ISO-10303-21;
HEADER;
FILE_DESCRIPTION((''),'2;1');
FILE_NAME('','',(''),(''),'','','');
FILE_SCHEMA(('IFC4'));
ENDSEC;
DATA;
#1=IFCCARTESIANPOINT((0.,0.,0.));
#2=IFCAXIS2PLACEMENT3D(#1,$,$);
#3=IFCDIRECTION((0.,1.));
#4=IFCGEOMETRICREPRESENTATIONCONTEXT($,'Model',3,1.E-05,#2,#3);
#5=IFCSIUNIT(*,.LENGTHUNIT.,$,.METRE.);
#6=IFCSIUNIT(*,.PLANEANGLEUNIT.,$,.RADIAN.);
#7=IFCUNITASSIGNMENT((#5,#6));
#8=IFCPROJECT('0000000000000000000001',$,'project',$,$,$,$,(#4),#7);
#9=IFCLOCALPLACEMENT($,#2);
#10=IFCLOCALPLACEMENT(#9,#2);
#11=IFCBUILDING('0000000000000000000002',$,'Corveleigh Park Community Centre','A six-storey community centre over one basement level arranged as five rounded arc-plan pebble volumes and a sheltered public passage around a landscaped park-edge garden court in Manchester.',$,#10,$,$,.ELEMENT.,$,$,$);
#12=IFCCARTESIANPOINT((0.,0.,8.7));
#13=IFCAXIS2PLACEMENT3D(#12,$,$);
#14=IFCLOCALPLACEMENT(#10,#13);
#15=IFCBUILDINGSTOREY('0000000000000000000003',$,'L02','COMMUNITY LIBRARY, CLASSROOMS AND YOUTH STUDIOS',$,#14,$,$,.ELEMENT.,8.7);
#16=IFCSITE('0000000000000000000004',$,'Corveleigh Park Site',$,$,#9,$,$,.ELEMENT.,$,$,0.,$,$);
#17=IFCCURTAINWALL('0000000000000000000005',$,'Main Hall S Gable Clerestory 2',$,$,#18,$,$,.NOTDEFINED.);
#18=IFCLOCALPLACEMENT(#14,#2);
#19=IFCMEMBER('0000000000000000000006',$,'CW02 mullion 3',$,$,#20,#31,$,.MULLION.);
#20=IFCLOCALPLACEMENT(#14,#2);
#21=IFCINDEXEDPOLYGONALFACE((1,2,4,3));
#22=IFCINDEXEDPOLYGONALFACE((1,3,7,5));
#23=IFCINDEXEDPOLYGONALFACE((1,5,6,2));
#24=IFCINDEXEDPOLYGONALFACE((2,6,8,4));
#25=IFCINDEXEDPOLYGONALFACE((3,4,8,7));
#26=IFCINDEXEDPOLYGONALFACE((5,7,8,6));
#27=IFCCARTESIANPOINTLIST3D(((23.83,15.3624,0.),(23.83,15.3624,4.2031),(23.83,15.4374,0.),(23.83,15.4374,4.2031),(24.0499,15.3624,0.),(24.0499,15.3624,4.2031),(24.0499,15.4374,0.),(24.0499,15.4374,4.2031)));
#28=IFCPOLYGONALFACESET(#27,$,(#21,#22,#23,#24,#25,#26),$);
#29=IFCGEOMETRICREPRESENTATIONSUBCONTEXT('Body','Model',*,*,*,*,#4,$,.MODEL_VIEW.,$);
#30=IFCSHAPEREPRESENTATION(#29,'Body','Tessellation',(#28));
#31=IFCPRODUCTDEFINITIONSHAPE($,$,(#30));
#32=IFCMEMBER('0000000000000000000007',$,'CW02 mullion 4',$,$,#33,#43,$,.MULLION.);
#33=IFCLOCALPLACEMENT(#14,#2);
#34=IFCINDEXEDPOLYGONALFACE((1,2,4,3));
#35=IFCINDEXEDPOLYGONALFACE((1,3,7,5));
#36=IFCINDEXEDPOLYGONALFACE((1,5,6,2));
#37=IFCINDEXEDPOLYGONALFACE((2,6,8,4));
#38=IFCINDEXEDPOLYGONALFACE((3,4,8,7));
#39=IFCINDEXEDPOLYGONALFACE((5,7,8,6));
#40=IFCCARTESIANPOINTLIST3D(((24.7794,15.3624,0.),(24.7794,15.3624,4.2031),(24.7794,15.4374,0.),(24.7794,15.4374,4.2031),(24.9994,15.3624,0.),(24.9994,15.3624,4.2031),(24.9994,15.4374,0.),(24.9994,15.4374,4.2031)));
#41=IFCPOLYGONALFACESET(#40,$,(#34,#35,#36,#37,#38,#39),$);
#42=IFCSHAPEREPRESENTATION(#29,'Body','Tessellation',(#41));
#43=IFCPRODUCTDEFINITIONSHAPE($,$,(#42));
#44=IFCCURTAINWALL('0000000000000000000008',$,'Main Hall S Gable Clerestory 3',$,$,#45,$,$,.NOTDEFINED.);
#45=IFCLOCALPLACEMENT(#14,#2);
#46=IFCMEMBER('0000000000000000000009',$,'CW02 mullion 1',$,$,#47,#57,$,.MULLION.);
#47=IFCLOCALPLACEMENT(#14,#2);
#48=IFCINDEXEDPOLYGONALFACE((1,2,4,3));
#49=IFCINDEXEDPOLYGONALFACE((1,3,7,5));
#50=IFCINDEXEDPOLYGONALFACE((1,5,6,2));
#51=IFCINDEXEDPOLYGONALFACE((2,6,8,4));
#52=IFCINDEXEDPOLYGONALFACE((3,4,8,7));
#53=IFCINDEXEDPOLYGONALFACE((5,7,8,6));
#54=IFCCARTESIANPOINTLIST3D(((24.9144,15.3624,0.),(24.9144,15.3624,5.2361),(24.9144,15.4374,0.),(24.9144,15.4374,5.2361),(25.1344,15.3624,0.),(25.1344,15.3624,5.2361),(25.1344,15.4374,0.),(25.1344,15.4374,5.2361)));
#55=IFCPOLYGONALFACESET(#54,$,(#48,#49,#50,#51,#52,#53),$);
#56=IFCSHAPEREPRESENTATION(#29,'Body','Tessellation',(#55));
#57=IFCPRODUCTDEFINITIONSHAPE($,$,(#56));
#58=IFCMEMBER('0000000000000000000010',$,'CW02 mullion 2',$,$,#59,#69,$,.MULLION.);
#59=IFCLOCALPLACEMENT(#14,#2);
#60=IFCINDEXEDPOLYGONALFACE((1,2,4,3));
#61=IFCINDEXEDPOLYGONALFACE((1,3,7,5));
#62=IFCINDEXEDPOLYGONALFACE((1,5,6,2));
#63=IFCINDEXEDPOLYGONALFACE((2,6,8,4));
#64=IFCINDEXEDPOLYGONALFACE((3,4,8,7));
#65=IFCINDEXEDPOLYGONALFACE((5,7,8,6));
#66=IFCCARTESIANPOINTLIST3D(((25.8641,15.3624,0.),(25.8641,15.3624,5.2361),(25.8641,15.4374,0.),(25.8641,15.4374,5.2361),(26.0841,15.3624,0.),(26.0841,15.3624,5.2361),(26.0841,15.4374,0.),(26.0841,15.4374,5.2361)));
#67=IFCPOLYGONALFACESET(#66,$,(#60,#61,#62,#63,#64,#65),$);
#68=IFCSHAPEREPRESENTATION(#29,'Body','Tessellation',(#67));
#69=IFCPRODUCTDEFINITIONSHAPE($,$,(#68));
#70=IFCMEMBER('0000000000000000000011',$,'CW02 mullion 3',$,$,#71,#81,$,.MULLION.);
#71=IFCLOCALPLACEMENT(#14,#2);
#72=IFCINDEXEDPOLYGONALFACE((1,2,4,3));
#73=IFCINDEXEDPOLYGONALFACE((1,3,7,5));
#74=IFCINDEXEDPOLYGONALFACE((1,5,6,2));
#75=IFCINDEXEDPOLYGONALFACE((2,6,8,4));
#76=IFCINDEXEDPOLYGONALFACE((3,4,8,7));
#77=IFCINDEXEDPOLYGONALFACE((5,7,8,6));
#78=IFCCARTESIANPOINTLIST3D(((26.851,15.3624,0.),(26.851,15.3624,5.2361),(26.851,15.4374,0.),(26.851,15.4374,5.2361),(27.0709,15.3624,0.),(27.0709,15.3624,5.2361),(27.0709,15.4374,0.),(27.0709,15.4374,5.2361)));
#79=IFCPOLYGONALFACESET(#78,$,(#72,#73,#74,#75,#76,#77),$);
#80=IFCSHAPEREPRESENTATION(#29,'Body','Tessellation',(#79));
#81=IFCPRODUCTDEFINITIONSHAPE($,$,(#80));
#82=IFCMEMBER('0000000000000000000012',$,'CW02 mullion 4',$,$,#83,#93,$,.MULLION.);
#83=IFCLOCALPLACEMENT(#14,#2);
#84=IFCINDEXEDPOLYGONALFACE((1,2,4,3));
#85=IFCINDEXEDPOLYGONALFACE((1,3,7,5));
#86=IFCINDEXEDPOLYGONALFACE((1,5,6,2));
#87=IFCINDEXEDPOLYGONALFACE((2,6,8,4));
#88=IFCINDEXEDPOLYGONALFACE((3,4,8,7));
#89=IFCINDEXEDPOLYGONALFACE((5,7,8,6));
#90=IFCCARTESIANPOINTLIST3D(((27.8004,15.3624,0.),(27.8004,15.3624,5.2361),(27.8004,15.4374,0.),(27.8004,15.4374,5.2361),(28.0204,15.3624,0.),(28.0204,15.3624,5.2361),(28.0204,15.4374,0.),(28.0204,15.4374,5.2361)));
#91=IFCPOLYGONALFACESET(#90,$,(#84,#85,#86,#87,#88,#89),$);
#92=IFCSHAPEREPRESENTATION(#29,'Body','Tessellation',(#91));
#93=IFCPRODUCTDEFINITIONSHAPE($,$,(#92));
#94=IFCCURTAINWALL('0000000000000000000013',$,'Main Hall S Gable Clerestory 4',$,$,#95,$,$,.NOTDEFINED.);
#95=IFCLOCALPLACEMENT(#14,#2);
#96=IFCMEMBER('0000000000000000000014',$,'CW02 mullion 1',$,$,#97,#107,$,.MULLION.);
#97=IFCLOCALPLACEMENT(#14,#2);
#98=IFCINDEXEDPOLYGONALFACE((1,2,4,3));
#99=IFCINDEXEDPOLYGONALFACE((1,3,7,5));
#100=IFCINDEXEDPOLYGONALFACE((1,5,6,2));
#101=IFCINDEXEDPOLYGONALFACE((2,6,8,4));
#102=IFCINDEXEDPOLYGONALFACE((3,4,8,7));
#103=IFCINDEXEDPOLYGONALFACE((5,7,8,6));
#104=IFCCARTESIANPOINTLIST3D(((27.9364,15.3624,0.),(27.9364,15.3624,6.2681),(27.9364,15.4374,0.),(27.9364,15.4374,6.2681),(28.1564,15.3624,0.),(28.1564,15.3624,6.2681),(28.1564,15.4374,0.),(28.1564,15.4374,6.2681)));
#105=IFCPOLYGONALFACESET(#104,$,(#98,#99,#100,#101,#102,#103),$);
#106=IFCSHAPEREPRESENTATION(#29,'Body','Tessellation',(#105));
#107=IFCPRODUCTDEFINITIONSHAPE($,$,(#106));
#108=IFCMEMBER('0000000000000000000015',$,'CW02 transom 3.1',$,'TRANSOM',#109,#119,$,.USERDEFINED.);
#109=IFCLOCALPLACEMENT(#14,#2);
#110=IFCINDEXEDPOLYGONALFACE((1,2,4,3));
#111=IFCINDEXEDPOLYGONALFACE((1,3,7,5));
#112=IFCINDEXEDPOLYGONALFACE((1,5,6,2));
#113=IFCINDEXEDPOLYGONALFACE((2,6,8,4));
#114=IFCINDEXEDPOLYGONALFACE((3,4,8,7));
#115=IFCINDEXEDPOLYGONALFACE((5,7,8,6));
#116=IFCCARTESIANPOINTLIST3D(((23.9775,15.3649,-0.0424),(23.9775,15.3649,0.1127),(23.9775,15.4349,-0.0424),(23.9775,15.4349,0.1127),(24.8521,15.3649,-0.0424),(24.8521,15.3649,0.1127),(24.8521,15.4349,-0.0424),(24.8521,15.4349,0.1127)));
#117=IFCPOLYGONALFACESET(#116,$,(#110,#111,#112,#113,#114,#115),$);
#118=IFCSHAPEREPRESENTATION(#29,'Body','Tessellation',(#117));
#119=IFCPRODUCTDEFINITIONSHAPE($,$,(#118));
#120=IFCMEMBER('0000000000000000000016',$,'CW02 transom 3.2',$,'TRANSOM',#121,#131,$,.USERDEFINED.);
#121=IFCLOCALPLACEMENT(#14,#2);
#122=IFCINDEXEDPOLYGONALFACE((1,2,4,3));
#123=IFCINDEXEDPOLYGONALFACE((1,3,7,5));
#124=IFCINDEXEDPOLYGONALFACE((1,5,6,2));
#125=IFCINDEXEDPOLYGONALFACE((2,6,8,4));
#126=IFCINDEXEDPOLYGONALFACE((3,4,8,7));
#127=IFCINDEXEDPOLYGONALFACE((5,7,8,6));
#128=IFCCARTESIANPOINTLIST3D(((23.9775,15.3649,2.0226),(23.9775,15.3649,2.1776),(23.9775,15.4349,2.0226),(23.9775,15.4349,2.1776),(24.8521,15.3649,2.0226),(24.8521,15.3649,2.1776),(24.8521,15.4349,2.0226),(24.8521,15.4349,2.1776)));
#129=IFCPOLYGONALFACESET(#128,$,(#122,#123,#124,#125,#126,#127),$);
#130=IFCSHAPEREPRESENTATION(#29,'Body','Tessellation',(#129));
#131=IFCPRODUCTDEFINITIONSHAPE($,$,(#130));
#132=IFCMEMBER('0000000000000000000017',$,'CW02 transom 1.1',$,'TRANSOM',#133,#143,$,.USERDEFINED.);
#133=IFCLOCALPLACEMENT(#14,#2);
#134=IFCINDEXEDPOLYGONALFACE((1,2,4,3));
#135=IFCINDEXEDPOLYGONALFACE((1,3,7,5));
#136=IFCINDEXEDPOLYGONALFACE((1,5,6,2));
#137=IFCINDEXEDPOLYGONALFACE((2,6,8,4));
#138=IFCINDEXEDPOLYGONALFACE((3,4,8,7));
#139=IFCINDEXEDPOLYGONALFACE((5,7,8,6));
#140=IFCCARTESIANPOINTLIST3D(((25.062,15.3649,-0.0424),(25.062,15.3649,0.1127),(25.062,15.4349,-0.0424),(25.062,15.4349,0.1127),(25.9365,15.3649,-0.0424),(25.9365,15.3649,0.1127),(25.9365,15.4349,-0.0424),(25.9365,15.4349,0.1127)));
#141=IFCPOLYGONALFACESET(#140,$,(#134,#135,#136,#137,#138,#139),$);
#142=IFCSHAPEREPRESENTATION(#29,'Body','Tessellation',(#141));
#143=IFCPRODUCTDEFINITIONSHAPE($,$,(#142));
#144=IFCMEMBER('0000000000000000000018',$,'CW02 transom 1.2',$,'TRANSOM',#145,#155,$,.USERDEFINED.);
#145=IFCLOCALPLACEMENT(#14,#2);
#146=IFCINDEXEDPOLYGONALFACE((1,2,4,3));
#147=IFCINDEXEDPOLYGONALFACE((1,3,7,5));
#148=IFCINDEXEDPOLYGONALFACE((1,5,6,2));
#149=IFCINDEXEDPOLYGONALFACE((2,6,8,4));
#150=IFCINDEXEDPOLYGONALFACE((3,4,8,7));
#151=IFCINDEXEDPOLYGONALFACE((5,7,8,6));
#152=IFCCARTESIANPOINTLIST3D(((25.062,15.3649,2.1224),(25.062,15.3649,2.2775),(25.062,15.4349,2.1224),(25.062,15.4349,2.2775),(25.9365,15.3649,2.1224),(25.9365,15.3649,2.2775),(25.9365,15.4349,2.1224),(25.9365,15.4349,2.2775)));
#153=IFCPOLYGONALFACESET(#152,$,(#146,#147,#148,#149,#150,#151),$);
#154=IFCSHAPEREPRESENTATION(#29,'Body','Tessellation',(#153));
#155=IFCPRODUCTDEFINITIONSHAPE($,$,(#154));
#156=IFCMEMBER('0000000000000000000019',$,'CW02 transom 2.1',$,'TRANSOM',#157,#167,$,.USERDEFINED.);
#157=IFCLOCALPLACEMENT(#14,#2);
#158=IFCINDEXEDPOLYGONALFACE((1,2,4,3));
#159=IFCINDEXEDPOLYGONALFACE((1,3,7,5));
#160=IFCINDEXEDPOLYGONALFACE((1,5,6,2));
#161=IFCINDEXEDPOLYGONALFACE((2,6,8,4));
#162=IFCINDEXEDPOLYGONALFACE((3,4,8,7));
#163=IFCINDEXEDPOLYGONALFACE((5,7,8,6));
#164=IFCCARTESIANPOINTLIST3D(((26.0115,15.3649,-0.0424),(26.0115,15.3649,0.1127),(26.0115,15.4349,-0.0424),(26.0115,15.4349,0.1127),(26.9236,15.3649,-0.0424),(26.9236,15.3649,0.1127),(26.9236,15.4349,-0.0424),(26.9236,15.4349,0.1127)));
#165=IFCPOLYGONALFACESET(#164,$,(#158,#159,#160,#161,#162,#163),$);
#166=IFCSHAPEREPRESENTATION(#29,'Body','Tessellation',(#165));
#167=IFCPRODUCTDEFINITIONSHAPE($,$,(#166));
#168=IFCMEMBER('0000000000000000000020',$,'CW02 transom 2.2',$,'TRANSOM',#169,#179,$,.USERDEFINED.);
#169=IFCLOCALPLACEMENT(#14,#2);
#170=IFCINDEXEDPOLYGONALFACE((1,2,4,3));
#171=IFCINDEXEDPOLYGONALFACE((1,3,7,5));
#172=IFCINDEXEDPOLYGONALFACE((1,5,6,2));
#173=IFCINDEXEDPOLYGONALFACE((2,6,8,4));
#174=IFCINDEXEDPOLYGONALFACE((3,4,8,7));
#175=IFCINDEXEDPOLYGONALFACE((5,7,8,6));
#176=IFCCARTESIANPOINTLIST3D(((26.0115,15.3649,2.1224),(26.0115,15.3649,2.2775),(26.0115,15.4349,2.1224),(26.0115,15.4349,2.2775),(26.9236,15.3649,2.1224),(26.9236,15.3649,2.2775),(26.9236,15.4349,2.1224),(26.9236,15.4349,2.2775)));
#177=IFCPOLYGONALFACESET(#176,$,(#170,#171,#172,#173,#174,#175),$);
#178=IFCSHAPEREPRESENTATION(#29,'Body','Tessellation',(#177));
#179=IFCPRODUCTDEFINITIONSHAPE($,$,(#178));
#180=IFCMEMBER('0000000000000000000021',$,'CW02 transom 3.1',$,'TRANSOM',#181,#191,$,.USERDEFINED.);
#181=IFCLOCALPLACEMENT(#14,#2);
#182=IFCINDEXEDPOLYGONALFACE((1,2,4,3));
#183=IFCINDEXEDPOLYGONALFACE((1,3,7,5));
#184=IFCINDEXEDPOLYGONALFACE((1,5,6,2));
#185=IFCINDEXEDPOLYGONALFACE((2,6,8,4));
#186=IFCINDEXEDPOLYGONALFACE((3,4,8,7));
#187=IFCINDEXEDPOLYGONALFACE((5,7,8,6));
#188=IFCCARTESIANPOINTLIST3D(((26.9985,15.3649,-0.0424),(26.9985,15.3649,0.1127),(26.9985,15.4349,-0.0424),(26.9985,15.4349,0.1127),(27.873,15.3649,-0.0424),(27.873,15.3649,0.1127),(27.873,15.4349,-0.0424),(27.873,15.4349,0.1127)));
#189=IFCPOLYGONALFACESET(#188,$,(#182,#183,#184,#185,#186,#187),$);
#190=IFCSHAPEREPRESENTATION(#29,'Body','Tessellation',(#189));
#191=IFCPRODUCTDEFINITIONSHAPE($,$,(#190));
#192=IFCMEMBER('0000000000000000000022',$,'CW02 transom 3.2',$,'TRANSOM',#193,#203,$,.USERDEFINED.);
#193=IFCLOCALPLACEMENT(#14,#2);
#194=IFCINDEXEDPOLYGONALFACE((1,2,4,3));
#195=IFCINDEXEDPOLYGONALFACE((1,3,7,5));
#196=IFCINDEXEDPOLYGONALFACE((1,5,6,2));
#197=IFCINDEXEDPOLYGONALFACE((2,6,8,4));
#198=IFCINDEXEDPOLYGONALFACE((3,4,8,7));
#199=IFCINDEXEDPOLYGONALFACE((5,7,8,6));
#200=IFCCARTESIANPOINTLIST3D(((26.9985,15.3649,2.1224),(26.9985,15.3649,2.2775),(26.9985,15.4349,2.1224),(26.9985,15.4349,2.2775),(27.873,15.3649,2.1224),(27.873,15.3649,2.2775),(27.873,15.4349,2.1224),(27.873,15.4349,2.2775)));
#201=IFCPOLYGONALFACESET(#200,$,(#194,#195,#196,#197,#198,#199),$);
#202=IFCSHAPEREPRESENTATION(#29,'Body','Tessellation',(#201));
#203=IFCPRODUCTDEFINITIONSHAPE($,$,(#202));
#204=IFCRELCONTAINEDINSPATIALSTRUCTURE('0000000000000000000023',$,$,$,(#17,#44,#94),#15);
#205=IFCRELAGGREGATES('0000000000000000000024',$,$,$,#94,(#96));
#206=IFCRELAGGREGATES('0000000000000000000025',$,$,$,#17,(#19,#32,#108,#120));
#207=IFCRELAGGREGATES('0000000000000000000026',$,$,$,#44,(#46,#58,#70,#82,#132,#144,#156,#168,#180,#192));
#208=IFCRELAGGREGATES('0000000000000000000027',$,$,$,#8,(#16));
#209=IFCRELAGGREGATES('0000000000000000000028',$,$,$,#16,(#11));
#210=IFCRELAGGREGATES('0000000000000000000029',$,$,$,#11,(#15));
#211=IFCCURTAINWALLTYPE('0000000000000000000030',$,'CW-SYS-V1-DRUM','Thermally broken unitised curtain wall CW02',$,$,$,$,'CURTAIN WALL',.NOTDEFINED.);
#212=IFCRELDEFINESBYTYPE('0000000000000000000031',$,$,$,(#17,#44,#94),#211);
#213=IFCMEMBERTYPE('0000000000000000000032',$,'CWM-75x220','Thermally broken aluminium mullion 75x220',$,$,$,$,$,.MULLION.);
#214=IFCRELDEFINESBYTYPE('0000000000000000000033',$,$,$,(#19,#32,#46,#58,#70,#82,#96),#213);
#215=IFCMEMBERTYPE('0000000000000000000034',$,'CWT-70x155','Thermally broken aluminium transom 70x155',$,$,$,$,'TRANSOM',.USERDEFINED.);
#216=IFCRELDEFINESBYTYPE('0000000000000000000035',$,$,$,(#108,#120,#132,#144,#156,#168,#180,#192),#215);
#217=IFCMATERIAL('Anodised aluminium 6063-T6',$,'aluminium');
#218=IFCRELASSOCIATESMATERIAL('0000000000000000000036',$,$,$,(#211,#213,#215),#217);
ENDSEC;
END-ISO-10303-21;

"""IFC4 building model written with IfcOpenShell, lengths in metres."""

from ifc_helpers import new_model, si_unit, direction, frame, origin, origin_2d, place, context, subcontext, project, spatial, rectangle, extrude, material, material_profile, profile_set, type_object, element, aggregate, save


model = new_model("IFC4")

# Units and contexts
model_context = context("Model", 3, precision=1e-05, world=origin(), true_north=direction((0.0, 1.0)))
body_context = subcontext(model_context, "Body", "Model", "MODEL_VIEW")
ifc_project = project(units=[si_unit("LENGTHUNIT", "METRE"), si_unit("PLANEANGLEUNIT", "RADIAN")], contexts=[model_context])

# Site, building, storey
site_placement = place(None, origin())
site = spatial("IfcSite", under=ifc_project, at=site_placement, Name="Corveleigh Park Site", CompositionType="ELEMENT", RefElevation=0.0)
building_placement = place(site_placement, origin())
building = spatial("IfcBuilding", under=site, at=building_placement, Name="Corveleigh Park Community Centre", Description="A six-storey community centre over one basement level arranged as five rounded arc-plan pebble volumes and a sheltered public passage around a landscaped park-edge garden court in Manchester.", CompositionType="ELEMENT")
storey_placement = place(building_placement, frame((0.0, 0.0, 8.7)))
storey = spatial("IfcBuildingStorey", under=building, at=storey_placement, Name="L02", Description="COMMUNITY LIBRARY, CLASSROOMS AND YOUTH STUDIOS", CompositionType="ELEMENT", Elevation=8.7)

# Curtain walls, members
ifc_material_1 = material(Name="Anodised aluminium 6063-T6", Category="aluminium")
curtain_wall_type = type_object("IfcCurtainWallType", Name="CW-SYS-V1-DRUM", Description="Thermally broken unitised curtain wall CW02", ElementType="CURTAIN WALL", PredefinedType="NOTDEFINED", material=ifc_material_1)
curtain_wall_1_placement = place(storey_placement, origin())
curtain_wall_1 = element("IfcCurtainWall", 1, at=curtain_wall_1_placement, inside=storey, type_object=curtain_wall_type, Name="Main Hall S Gable Clerestory 2", PredefinedType="NOTDEFINED")
ifc_material_profile_1 = material_profile(ifc_material_1, rectangle(XDim=0.075, YDim=0.22, at=origin_2d()), Name="ALU-M75x220", Category="aluminium")
ifc_profile_set_1 = profile_set([ifc_material_profile_1], Name="Anodised aluminium 6063-T6")
member_type_1 = type_object("IfcMemberType", Name="CWM-75x220", Description="Thermally broken aluminium mullion 75x220", PredefinedType="MULLION", material=ifc_profile_set_1)
member_1_placement = place(storey_placement, frame((23.9399, 15.3999, 0.0), z_axis=(0.0, 0.0, 1.0), x_axis=(0.0, 1.0, 0.0)))
member_1 = element("IfcMember", 2, at=member_1_placement, type_object=member_type_1, Name="CW02 mullion 3", PredefinedType="MULLION", context=body_context, shape_type="SweptSolid", body=[
    extrude(rectangle(XDim=0.075, YDim=0.22, at=origin_2d()), origin(), (0.0, 0.0, 1.0), 4.2031),
])
member_2_placement = place(storey_placement, frame((24.8894, 15.3999, 0.0), z_axis=(0.0, 0.0, 1.0), x_axis=(0.0, 1.0, 0.0)))
member_2 = element("IfcMember", 3, at=member_2_placement, type_object=member_type_1, Name="CW02 mullion 4", PredefinedType="MULLION", context=body_context, shape_type="SweptSolid", body=[
    extrude(rectangle(XDim=0.075, YDim=0.22, at=origin_2d()), origin(), (0.0, 0.0, 1.0), 4.2031),
])
curtain_wall_2_placement = place(storey_placement, origin())
curtain_wall_2 = element("IfcCurtainWall", 4, at=curtain_wall_2_placement, inside=storey, type_object=curtain_wall_type, Name="Main Hall S Gable Clerestory 3", PredefinedType="NOTDEFINED")
member_3_placement = place(storey_placement, frame((25.0244, 15.3999, 0.0), z_axis=(0.0, 0.0, 1.0), x_axis=(0.0, 1.0, 0.0)))
member_3 = element("IfcMember", 5, at=member_3_placement, type_object=member_type_1, Name="CW02 mullion 1", PredefinedType="MULLION", context=body_context, shape_type="SweptSolid", body=[
    extrude(rectangle(XDim=0.075, YDim=0.22, at=origin_2d()), origin(), (0.0, 0.0, 1.0), 5.2361),
])
member_4_placement = place(storey_placement, frame((25.9741, 15.3999, 0.0), z_axis=(0.0, 0.0, 1.0), x_axis=(0.0, 1.0, 0.0)))
member_4 = element("IfcMember", 6, at=member_4_placement, type_object=member_type_1, Name="CW02 mullion 2", PredefinedType="MULLION", context=body_context, shape_type="SweptSolid", body=[
    extrude(rectangle(XDim=0.075, YDim=0.22, at=origin_2d()), origin(), (0.0, 0.0, 1.0), 5.2361),
])
member_5_placement = place(storey_placement, frame((26.9609, 15.3999, 0.0), z_axis=(0.0, 0.0, 1.0), x_axis=(0.0, 1.0, 0.0)))
member_5 = element("IfcMember", 7, at=member_5_placement, type_object=member_type_1, Name="CW02 mullion 3", PredefinedType="MULLION", context=body_context, shape_type="SweptSolid", body=[
    extrude(rectangle(XDim=0.075, YDim=0.22, at=origin_2d()), origin(), (0.0, 0.0, 1.0), 5.2361),
])
member_6_placement = place(storey_placement, frame((27.9104, 15.3999, 0.0), z_axis=(0.0, 0.0, 1.0), x_axis=(0.0, 1.0, 0.0)))
member_6 = element("IfcMember", 8, at=member_6_placement, type_object=member_type_1, Name="CW02 mullion 4", PredefinedType="MULLION", context=body_context, shape_type="SweptSolid", body=[
    extrude(rectangle(XDim=0.075, YDim=0.22, at=origin_2d()), origin(), (0.0, 0.0, 1.0), 5.2361),
])

# Curtain wall, member
curtain_wall_3_placement = place(storey_placement, origin())
curtain_wall_3 = element("IfcCurtainWall", 9, at=curtain_wall_3_placement, inside=storey, type_object=curtain_wall_type, Name="Main Hall S Gable Clerestory 4", PredefinedType="NOTDEFINED")
member_7_placement = place(storey_placement, frame((28.0464, 15.3999, 0.0), z_axis=(0.0, 0.0, 1.0), x_axis=(0.0, 1.0, 0.0)))
member_7 = element("IfcMember", 10, at=member_7_placement, type_object=member_type_1, Name="CW02 mullion 1", PredefinedType="MULLION", context=body_context, shape_type="SweptSolid", body=[
    extrude(rectangle(XDim=0.075, YDim=0.22, at=origin_2d()), origin(), (0.0, 0.0, 1.0), 6.2681),
])

# Members
ifc_material_profile_2 = material_profile(ifc_material_1, rectangle(XDim=0.0701, YDim=0.155, at=origin_2d()), Name="ALU-T70x155", Category="aluminium")
ifc_profile_set_2 = profile_set([ifc_material_profile_2], Name="Anodised aluminium 6063-T6")
member_type_2 = type_object("IfcMemberType", Name="CWT-70x155", Description="Thermally broken aluminium transom 70x155", ElementType="TRANSOM", PredefinedType="USERDEFINED", material=ifc_profile_set_2)
member_8_placement = place(storey_placement, frame((23.9775, 15.3999, 0.0352), z_axis=(1.0, 0.0, 0.0), x_axis=(0.0, 1.0, 0.0)))
member_8 = element("IfcMember", 11, at=member_8_placement, type_object=member_type_2, Name="CW02 transom 3.1", ObjectType="TRANSOM", PredefinedType="USERDEFINED", context=body_context, shape_type="SweptSolid", body=[
    extrude(rectangle(XDim=0.0701, YDim=0.155, at=origin_2d()), origin(), (0.0, 0.0, 1.0), 0.8745),
])
member_9_placement = place(storey_placement, frame((23.9775, 15.3999, 2.1001), z_axis=(1.0, 0.0, 0.0), x_axis=(0.0, 1.0, 0.0)))
member_9 = element("IfcMember", 12, at=member_9_placement, type_object=member_type_2, Name="CW02 transom 3.2", ObjectType="TRANSOM", PredefinedType="USERDEFINED", context=body_context, shape_type="SweptSolid", body=[
    extrude(rectangle(XDim=0.0701, YDim=0.155, at=origin_2d()), origin(), (0.0, 0.0, 1.0), 0.8745),
])
member_10_placement = place(storey_placement, frame((25.062, 15.3999, 0.0352), z_axis=(1.0, 0.0, 0.0), x_axis=(0.0, 1.0, 0.0)))
member_10 = element("IfcMember", 13, at=member_10_placement, type_object=member_type_2, Name="CW02 transom 1.1", ObjectType="TRANSOM", PredefinedType="USERDEFINED", context=body_context, shape_type="SweptSolid", body=[
    extrude(rectangle(XDim=0.0701, YDim=0.155, at=origin_2d()), origin(), (0.0, 0.0, 1.0), 0.8745),
])
member_11_placement = place(storey_placement, frame((25.062, 15.3999, 2.2), z_axis=(1.0, 0.0, 0.0), x_axis=(0.0, 1.0, 0.0)))
member_11 = element("IfcMember", 14, at=member_11_placement, type_object=member_type_2, Name="CW02 transom 1.2", ObjectType="TRANSOM", PredefinedType="USERDEFINED", context=body_context, shape_type="SweptSolid", body=[
    extrude(rectangle(XDim=0.0701, YDim=0.155, at=origin_2d()), origin(), (0.0, 0.0, 1.0), 0.8745),
])
member_12_placement = place(storey_placement, frame((26.0115, 15.3999, 0.0352), z_axis=(1.0, 0.0, 0.0), x_axis=(0.0, 1.0, 0.0)))
member_12 = element("IfcMember", 15, at=member_12_placement, type_object=member_type_2, Name="CW02 transom 2.1", ObjectType="TRANSOM", PredefinedType="USERDEFINED", context=body_context, shape_type="SweptSolid", body=[
    extrude(rectangle(XDim=0.0701, YDim=0.155, at=origin_2d()), origin(), (0.0, 0.0, 1.0), 0.9121),
])
member_13_placement = place(storey_placement, frame((26.0115, 15.3999, 2.2), z_axis=(1.0, 0.0, 0.0), x_axis=(0.0, 1.0, 0.0)))
member_13 = element("IfcMember", 16, at=member_13_placement, type_object=member_type_2, Name="CW02 transom 2.2", ObjectType="TRANSOM", PredefinedType="USERDEFINED", context=body_context, shape_type="SweptSolid", body=[
    extrude(rectangle(XDim=0.0701, YDim=0.155, at=origin_2d()), origin(), (0.0, 0.0, 1.0), 0.9121),
])
member_14_placement = place(storey_placement, frame((26.9985, 15.3999, 0.0352), z_axis=(1.0, 0.0, 0.0), x_axis=(0.0, 1.0, 0.0)))
member_14 = element("IfcMember", 17, at=member_14_placement, type_object=member_type_2, Name="CW02 transom 3.1", ObjectType="TRANSOM", PredefinedType="USERDEFINED", context=body_context, shape_type="SweptSolid", body=[
    extrude(rectangle(XDim=0.0701, YDim=0.155, at=origin_2d()), origin(), (0.0, 0.0, 1.0), 0.8745),
])
member_15_placement = place(storey_placement, frame((26.9985, 15.3999, 2.2), z_axis=(1.0, 0.0, 0.0), x_axis=(0.0, 1.0, 0.0)))
member_15 = element("IfcMember", 18, at=member_15_placement, type_object=member_type_2, Name="CW02 transom 3.2", ObjectType="TRANSOM", PredefinedType="USERDEFINED", context=body_context, shape_type="SweptSolid", body=[
    extrude(rectangle(XDim=0.0701, YDim=0.155, at=origin_2d()), origin(), (0.0, 0.0, 1.0), 0.8745),
])
aggregate(curtain_wall_3, [member_7])

aggregate(curtain_wall_1, [member_1, member_2, member_8, member_9])
aggregate(curtain_wall_2, [member_3, member_4, member_5, member_6, member_10, member_11, member_12, member_13, member_14, member_15])

save(model, "model.ifc")
